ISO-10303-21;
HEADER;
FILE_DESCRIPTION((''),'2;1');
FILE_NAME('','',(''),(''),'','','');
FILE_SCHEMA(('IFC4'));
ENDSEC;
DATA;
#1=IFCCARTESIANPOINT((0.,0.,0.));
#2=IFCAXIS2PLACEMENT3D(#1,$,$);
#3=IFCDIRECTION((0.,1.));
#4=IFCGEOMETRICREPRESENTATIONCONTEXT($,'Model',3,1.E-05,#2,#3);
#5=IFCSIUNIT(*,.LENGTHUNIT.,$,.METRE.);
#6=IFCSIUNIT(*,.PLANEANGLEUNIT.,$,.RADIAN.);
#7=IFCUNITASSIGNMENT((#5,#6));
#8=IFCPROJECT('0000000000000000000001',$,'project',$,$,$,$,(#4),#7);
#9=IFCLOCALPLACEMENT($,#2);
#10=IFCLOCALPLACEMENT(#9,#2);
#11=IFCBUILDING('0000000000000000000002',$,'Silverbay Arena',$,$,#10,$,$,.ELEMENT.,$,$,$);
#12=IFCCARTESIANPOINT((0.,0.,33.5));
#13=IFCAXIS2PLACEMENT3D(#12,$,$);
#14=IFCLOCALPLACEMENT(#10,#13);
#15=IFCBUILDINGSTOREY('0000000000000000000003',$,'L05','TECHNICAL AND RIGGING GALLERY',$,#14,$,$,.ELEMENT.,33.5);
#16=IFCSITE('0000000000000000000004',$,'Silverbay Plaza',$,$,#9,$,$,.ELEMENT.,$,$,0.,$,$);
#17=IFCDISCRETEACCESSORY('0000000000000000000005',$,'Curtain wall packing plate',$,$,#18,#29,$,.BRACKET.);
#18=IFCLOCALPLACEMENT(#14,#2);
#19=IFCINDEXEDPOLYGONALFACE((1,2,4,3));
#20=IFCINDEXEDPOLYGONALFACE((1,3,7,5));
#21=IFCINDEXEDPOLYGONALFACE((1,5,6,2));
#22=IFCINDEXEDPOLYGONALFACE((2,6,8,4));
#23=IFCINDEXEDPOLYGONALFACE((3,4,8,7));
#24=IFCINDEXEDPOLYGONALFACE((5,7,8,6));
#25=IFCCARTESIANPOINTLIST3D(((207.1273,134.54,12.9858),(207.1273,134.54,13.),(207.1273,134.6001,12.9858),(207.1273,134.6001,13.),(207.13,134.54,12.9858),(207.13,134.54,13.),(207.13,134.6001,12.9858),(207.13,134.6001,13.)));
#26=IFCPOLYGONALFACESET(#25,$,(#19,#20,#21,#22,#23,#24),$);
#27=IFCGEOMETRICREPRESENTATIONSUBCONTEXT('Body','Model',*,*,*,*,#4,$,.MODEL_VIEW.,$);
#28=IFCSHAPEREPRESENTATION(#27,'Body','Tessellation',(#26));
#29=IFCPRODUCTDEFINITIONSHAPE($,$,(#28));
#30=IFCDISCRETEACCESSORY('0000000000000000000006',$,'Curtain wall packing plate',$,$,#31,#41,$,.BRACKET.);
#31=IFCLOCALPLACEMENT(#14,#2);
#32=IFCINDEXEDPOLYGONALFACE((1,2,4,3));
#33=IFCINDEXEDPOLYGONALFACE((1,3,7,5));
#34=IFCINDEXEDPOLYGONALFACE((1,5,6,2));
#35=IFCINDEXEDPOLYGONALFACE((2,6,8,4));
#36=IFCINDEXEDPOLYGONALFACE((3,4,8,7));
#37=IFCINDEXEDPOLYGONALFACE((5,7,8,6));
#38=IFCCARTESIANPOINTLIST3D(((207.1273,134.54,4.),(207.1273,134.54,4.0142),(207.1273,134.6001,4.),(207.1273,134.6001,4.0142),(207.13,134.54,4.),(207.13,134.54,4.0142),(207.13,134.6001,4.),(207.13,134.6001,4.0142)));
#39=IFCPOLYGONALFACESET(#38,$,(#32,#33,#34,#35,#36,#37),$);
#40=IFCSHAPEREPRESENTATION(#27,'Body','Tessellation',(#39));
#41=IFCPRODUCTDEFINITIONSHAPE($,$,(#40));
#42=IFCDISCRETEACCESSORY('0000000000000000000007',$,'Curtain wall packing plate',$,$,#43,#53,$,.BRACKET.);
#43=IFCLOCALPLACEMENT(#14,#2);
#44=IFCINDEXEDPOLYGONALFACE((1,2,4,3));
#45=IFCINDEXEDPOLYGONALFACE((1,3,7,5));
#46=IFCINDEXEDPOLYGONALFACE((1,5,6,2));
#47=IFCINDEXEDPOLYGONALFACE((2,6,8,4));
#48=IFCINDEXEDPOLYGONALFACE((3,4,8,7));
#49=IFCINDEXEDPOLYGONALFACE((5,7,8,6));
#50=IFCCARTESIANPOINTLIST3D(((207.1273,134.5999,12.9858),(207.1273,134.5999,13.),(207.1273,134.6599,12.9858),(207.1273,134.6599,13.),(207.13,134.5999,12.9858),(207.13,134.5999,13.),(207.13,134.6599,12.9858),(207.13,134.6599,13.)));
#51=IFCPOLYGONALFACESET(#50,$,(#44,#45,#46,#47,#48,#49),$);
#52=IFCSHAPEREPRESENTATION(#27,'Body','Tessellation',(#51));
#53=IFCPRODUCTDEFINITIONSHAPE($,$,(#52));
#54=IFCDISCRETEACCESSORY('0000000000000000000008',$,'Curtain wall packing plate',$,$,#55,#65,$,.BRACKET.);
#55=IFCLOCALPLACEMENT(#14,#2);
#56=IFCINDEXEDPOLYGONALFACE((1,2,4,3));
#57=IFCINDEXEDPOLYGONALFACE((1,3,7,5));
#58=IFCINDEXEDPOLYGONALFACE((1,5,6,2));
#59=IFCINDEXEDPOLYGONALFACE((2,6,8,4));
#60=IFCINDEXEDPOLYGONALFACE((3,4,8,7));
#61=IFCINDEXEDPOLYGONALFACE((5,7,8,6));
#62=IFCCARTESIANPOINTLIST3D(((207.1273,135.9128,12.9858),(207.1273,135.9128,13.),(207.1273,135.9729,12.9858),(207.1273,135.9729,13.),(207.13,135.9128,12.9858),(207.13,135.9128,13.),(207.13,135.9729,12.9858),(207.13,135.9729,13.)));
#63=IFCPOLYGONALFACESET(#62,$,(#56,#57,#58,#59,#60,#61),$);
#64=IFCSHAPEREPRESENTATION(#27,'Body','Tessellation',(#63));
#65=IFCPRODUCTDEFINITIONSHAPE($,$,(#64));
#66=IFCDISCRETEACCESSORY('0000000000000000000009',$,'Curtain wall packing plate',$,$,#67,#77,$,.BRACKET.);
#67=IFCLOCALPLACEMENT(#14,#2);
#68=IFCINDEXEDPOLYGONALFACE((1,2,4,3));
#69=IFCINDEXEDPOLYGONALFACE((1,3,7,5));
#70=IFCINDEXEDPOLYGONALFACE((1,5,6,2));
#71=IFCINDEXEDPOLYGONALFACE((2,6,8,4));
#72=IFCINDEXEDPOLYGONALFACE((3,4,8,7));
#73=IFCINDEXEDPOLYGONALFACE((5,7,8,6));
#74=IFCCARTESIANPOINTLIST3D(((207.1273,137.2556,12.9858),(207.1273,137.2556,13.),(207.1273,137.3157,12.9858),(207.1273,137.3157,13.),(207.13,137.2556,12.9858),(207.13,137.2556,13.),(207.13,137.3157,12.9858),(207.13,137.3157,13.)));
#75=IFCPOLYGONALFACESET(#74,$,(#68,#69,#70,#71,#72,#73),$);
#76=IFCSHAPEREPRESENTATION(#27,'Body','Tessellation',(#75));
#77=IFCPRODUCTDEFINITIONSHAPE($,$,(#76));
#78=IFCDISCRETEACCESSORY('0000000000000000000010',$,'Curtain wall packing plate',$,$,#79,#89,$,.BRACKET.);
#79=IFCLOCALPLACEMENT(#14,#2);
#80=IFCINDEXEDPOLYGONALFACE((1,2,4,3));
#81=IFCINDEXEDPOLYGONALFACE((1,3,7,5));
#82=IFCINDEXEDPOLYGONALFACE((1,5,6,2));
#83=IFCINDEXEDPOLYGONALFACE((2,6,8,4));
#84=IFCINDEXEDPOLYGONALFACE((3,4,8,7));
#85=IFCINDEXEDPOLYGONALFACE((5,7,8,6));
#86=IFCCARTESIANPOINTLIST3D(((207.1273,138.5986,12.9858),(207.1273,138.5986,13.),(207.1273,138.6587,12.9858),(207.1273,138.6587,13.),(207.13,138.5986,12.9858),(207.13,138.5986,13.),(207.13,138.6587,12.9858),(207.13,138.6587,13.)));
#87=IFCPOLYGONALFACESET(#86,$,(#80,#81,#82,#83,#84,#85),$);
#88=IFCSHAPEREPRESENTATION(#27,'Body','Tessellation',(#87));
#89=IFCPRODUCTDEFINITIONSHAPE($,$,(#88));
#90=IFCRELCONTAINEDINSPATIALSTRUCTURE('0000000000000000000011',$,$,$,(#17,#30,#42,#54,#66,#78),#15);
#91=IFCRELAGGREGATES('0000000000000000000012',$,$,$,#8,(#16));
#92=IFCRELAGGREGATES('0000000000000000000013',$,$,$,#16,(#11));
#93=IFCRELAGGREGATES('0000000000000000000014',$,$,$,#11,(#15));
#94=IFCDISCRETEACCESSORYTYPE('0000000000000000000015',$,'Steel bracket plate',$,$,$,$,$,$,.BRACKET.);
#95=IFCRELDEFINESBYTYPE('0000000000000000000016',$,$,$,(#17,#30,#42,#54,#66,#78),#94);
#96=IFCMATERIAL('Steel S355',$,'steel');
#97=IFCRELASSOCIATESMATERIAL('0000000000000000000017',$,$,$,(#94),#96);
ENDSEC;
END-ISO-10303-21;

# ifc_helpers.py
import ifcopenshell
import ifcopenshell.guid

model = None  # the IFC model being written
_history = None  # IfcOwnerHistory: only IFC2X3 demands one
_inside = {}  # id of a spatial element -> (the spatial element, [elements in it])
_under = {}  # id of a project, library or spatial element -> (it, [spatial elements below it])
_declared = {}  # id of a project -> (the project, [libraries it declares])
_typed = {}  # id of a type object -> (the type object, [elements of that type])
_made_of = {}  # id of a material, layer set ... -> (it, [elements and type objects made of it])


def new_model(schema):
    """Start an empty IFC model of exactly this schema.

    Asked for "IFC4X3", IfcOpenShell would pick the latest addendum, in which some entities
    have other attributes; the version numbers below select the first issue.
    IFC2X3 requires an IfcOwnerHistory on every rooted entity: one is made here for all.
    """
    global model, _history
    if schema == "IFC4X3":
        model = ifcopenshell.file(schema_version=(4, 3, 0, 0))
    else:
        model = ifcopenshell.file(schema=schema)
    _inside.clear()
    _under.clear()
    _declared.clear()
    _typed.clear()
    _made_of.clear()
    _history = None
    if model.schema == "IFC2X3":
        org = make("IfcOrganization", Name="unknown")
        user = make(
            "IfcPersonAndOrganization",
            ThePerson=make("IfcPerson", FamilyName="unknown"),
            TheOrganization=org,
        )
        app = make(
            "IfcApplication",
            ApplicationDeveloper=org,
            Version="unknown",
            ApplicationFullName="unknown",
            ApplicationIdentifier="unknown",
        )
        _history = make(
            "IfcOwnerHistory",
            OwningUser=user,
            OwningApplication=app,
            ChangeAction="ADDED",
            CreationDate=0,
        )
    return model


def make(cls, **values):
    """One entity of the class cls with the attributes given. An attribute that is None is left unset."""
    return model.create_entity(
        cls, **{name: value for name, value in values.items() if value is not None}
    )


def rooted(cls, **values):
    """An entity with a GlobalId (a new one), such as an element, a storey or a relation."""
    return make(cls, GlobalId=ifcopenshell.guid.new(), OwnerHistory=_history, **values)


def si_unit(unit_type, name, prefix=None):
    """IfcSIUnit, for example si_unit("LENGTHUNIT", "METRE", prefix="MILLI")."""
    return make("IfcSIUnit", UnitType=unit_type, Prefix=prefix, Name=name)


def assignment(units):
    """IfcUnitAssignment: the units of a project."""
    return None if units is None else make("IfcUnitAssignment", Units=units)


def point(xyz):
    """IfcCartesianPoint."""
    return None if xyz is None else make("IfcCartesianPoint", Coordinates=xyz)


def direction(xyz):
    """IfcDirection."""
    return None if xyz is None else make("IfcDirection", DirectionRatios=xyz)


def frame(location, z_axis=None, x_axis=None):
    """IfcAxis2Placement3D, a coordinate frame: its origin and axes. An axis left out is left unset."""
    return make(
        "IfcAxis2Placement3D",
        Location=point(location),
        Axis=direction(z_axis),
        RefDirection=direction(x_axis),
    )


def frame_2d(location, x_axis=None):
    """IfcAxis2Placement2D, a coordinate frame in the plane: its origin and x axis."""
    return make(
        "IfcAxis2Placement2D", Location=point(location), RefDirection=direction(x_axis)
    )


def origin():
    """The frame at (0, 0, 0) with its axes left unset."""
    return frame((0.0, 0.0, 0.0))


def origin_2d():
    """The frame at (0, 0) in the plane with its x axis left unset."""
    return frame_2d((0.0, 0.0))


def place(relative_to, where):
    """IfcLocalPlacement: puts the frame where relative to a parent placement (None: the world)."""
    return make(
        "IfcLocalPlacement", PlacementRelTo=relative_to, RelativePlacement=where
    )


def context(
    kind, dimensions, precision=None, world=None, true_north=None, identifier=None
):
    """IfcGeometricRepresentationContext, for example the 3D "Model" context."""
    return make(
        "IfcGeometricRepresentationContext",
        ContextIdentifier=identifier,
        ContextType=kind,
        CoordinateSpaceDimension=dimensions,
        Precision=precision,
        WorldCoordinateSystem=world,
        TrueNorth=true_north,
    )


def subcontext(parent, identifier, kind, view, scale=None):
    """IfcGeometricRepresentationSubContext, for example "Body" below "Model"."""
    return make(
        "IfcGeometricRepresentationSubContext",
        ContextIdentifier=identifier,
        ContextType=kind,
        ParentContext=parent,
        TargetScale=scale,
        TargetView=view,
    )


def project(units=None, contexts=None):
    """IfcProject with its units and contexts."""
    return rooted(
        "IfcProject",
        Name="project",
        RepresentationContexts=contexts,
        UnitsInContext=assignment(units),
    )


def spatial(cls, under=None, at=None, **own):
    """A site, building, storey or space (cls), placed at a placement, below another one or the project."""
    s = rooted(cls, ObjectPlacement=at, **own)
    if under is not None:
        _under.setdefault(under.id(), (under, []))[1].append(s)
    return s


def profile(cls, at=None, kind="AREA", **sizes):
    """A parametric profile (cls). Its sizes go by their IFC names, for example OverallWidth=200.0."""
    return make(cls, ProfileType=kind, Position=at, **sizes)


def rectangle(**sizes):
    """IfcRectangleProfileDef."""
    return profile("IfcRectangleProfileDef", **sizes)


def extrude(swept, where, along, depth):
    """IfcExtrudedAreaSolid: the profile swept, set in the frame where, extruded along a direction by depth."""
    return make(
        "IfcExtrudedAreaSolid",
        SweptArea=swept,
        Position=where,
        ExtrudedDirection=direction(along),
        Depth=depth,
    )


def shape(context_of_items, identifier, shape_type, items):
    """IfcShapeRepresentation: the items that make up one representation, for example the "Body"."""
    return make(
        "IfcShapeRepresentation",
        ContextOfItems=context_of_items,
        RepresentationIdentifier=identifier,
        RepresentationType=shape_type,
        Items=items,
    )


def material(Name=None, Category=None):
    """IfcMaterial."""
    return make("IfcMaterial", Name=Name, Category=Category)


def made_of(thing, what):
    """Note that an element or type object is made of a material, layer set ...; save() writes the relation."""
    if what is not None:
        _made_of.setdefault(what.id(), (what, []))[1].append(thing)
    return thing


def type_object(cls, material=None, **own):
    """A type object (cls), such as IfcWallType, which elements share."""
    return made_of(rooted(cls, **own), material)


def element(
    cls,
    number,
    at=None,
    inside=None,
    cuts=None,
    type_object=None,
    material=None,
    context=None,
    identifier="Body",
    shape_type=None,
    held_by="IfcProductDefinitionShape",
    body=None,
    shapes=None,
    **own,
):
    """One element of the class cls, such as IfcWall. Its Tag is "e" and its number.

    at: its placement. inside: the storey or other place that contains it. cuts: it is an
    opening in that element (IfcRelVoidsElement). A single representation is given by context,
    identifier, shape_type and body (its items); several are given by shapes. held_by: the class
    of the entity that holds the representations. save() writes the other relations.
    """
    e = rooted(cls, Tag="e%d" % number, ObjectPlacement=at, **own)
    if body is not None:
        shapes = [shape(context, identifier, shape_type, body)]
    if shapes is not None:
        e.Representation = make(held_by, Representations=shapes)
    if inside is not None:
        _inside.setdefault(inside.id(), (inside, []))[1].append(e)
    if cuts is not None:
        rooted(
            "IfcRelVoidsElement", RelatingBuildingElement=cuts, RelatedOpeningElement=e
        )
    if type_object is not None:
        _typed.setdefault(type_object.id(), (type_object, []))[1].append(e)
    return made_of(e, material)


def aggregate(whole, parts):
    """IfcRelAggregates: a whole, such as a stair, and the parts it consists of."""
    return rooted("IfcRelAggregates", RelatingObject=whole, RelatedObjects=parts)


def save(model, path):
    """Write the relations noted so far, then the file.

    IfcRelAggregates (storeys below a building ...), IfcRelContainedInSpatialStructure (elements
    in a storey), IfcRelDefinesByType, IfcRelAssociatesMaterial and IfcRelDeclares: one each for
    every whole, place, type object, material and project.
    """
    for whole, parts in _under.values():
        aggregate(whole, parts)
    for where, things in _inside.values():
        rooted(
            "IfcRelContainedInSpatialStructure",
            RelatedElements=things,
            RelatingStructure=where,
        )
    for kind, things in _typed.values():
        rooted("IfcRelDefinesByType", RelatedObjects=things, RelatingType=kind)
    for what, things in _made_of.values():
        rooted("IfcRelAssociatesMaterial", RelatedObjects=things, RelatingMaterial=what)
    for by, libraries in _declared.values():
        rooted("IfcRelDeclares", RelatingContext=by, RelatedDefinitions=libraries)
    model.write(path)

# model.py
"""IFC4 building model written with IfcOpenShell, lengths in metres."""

from ifc_helpers import new_model, si_unit, direction, frame, origin, origin_2d, place, context, subcontext, project, spatial, rectangle, extrude, material, type_object, element, save


model = new_model("IFC4")

# Units and contexts
model_context = context("Model", 3, precision=1e-05, world=origin(), true_north=direction((0.0, 1.0)))
body_context = subcontext(model_context, "Body", "Model", "MODEL_VIEW")
ifc_project = project(units=[si_unit("LENGTHUNIT", "METRE"), si_unit("PLANEANGLEUNIT", "RADIAN")], contexts=[model_context])

# Site, building, storey
site_placement = place(None, origin())
site = spatial("IfcSite", under=ifc_project, at=site_placement, Name="Silverbay Plaza", CompositionType="ELEMENT", RefElevation=0.0)
building_placement = place(site_placement, origin())
building = spatial("IfcBuilding", under=site, at=building_placement, Name="Silverbay Arena", CompositionType="ELEMENT")
storey_placement = place(building_placement, frame((0.0, 0.0, 33.5)))
storey = spatial("IfcBuildingStorey", under=building, at=storey_placement, Name="L05", Description="TECHNICAL AND RIGGING GALLERY", CompositionType="ELEMENT", Elevation=33.5)

# Discrete accessories
ifc_material_1 = material(Name="Steel S355", Category="steel")
discrete_accessory_type_1 = type_object("IfcDiscreteAccessoryType", Name="Steel bracket plate", PredefinedType="BRACKET", material=ifc_material_1)
for number, where, z_axis, x_axis, name in (
    (1, (207.1287, 134.5701, 12.9858), (0.0, 0.0, 1.0), (1.0, 0.0, 0.0), "Curtain wall packing plate"),
    (2, (207.1287, 134.5701, 4.0), (0.0, 0.0, 1.0), (1.0, 0.0, 0.0), "Curtain wall packing plate"),
    (3, (207.1287, 134.6299, 12.9858), (0.0, 0.0, 1.0), (1.0, 0.0, 0.0), "Curtain wall packing plate"),
    (4, (207.1287, 135.9429, 12.9858), (0.0, 0.0, 1.0), (1.0, 0.0, 0.0), "Curtain wall packing plate"),
    (5, (207.1287, 137.2856, 12.9858), (0.0, 0.0, 1.0), (1.0, 0.0, 0.0), "Curtain wall packing plate"),
    (6, (207.1287, 138.6287, 12.9858), (0.0, 0.0, 1.0), (1.0, 0.0, 0.0), "Curtain wall packing plate"),
):
    element("IfcDiscreteAccessory", number, at=place(storey_placement, frame(where, z_axis=z_axis, x_axis=x_axis)), inside=storey, type_object=discrete_accessory_type_1, Name=name, PredefinedType="BRACKET", context=body_context, shape_type="SweptSolid", body=[
        extrude(rectangle(XDim=0.0027, YDim=0.0601, at=origin_2d()), origin(), (0.0, 0.0, 1.0), 0.0142),
    ])

save(model, "model.ifc")
